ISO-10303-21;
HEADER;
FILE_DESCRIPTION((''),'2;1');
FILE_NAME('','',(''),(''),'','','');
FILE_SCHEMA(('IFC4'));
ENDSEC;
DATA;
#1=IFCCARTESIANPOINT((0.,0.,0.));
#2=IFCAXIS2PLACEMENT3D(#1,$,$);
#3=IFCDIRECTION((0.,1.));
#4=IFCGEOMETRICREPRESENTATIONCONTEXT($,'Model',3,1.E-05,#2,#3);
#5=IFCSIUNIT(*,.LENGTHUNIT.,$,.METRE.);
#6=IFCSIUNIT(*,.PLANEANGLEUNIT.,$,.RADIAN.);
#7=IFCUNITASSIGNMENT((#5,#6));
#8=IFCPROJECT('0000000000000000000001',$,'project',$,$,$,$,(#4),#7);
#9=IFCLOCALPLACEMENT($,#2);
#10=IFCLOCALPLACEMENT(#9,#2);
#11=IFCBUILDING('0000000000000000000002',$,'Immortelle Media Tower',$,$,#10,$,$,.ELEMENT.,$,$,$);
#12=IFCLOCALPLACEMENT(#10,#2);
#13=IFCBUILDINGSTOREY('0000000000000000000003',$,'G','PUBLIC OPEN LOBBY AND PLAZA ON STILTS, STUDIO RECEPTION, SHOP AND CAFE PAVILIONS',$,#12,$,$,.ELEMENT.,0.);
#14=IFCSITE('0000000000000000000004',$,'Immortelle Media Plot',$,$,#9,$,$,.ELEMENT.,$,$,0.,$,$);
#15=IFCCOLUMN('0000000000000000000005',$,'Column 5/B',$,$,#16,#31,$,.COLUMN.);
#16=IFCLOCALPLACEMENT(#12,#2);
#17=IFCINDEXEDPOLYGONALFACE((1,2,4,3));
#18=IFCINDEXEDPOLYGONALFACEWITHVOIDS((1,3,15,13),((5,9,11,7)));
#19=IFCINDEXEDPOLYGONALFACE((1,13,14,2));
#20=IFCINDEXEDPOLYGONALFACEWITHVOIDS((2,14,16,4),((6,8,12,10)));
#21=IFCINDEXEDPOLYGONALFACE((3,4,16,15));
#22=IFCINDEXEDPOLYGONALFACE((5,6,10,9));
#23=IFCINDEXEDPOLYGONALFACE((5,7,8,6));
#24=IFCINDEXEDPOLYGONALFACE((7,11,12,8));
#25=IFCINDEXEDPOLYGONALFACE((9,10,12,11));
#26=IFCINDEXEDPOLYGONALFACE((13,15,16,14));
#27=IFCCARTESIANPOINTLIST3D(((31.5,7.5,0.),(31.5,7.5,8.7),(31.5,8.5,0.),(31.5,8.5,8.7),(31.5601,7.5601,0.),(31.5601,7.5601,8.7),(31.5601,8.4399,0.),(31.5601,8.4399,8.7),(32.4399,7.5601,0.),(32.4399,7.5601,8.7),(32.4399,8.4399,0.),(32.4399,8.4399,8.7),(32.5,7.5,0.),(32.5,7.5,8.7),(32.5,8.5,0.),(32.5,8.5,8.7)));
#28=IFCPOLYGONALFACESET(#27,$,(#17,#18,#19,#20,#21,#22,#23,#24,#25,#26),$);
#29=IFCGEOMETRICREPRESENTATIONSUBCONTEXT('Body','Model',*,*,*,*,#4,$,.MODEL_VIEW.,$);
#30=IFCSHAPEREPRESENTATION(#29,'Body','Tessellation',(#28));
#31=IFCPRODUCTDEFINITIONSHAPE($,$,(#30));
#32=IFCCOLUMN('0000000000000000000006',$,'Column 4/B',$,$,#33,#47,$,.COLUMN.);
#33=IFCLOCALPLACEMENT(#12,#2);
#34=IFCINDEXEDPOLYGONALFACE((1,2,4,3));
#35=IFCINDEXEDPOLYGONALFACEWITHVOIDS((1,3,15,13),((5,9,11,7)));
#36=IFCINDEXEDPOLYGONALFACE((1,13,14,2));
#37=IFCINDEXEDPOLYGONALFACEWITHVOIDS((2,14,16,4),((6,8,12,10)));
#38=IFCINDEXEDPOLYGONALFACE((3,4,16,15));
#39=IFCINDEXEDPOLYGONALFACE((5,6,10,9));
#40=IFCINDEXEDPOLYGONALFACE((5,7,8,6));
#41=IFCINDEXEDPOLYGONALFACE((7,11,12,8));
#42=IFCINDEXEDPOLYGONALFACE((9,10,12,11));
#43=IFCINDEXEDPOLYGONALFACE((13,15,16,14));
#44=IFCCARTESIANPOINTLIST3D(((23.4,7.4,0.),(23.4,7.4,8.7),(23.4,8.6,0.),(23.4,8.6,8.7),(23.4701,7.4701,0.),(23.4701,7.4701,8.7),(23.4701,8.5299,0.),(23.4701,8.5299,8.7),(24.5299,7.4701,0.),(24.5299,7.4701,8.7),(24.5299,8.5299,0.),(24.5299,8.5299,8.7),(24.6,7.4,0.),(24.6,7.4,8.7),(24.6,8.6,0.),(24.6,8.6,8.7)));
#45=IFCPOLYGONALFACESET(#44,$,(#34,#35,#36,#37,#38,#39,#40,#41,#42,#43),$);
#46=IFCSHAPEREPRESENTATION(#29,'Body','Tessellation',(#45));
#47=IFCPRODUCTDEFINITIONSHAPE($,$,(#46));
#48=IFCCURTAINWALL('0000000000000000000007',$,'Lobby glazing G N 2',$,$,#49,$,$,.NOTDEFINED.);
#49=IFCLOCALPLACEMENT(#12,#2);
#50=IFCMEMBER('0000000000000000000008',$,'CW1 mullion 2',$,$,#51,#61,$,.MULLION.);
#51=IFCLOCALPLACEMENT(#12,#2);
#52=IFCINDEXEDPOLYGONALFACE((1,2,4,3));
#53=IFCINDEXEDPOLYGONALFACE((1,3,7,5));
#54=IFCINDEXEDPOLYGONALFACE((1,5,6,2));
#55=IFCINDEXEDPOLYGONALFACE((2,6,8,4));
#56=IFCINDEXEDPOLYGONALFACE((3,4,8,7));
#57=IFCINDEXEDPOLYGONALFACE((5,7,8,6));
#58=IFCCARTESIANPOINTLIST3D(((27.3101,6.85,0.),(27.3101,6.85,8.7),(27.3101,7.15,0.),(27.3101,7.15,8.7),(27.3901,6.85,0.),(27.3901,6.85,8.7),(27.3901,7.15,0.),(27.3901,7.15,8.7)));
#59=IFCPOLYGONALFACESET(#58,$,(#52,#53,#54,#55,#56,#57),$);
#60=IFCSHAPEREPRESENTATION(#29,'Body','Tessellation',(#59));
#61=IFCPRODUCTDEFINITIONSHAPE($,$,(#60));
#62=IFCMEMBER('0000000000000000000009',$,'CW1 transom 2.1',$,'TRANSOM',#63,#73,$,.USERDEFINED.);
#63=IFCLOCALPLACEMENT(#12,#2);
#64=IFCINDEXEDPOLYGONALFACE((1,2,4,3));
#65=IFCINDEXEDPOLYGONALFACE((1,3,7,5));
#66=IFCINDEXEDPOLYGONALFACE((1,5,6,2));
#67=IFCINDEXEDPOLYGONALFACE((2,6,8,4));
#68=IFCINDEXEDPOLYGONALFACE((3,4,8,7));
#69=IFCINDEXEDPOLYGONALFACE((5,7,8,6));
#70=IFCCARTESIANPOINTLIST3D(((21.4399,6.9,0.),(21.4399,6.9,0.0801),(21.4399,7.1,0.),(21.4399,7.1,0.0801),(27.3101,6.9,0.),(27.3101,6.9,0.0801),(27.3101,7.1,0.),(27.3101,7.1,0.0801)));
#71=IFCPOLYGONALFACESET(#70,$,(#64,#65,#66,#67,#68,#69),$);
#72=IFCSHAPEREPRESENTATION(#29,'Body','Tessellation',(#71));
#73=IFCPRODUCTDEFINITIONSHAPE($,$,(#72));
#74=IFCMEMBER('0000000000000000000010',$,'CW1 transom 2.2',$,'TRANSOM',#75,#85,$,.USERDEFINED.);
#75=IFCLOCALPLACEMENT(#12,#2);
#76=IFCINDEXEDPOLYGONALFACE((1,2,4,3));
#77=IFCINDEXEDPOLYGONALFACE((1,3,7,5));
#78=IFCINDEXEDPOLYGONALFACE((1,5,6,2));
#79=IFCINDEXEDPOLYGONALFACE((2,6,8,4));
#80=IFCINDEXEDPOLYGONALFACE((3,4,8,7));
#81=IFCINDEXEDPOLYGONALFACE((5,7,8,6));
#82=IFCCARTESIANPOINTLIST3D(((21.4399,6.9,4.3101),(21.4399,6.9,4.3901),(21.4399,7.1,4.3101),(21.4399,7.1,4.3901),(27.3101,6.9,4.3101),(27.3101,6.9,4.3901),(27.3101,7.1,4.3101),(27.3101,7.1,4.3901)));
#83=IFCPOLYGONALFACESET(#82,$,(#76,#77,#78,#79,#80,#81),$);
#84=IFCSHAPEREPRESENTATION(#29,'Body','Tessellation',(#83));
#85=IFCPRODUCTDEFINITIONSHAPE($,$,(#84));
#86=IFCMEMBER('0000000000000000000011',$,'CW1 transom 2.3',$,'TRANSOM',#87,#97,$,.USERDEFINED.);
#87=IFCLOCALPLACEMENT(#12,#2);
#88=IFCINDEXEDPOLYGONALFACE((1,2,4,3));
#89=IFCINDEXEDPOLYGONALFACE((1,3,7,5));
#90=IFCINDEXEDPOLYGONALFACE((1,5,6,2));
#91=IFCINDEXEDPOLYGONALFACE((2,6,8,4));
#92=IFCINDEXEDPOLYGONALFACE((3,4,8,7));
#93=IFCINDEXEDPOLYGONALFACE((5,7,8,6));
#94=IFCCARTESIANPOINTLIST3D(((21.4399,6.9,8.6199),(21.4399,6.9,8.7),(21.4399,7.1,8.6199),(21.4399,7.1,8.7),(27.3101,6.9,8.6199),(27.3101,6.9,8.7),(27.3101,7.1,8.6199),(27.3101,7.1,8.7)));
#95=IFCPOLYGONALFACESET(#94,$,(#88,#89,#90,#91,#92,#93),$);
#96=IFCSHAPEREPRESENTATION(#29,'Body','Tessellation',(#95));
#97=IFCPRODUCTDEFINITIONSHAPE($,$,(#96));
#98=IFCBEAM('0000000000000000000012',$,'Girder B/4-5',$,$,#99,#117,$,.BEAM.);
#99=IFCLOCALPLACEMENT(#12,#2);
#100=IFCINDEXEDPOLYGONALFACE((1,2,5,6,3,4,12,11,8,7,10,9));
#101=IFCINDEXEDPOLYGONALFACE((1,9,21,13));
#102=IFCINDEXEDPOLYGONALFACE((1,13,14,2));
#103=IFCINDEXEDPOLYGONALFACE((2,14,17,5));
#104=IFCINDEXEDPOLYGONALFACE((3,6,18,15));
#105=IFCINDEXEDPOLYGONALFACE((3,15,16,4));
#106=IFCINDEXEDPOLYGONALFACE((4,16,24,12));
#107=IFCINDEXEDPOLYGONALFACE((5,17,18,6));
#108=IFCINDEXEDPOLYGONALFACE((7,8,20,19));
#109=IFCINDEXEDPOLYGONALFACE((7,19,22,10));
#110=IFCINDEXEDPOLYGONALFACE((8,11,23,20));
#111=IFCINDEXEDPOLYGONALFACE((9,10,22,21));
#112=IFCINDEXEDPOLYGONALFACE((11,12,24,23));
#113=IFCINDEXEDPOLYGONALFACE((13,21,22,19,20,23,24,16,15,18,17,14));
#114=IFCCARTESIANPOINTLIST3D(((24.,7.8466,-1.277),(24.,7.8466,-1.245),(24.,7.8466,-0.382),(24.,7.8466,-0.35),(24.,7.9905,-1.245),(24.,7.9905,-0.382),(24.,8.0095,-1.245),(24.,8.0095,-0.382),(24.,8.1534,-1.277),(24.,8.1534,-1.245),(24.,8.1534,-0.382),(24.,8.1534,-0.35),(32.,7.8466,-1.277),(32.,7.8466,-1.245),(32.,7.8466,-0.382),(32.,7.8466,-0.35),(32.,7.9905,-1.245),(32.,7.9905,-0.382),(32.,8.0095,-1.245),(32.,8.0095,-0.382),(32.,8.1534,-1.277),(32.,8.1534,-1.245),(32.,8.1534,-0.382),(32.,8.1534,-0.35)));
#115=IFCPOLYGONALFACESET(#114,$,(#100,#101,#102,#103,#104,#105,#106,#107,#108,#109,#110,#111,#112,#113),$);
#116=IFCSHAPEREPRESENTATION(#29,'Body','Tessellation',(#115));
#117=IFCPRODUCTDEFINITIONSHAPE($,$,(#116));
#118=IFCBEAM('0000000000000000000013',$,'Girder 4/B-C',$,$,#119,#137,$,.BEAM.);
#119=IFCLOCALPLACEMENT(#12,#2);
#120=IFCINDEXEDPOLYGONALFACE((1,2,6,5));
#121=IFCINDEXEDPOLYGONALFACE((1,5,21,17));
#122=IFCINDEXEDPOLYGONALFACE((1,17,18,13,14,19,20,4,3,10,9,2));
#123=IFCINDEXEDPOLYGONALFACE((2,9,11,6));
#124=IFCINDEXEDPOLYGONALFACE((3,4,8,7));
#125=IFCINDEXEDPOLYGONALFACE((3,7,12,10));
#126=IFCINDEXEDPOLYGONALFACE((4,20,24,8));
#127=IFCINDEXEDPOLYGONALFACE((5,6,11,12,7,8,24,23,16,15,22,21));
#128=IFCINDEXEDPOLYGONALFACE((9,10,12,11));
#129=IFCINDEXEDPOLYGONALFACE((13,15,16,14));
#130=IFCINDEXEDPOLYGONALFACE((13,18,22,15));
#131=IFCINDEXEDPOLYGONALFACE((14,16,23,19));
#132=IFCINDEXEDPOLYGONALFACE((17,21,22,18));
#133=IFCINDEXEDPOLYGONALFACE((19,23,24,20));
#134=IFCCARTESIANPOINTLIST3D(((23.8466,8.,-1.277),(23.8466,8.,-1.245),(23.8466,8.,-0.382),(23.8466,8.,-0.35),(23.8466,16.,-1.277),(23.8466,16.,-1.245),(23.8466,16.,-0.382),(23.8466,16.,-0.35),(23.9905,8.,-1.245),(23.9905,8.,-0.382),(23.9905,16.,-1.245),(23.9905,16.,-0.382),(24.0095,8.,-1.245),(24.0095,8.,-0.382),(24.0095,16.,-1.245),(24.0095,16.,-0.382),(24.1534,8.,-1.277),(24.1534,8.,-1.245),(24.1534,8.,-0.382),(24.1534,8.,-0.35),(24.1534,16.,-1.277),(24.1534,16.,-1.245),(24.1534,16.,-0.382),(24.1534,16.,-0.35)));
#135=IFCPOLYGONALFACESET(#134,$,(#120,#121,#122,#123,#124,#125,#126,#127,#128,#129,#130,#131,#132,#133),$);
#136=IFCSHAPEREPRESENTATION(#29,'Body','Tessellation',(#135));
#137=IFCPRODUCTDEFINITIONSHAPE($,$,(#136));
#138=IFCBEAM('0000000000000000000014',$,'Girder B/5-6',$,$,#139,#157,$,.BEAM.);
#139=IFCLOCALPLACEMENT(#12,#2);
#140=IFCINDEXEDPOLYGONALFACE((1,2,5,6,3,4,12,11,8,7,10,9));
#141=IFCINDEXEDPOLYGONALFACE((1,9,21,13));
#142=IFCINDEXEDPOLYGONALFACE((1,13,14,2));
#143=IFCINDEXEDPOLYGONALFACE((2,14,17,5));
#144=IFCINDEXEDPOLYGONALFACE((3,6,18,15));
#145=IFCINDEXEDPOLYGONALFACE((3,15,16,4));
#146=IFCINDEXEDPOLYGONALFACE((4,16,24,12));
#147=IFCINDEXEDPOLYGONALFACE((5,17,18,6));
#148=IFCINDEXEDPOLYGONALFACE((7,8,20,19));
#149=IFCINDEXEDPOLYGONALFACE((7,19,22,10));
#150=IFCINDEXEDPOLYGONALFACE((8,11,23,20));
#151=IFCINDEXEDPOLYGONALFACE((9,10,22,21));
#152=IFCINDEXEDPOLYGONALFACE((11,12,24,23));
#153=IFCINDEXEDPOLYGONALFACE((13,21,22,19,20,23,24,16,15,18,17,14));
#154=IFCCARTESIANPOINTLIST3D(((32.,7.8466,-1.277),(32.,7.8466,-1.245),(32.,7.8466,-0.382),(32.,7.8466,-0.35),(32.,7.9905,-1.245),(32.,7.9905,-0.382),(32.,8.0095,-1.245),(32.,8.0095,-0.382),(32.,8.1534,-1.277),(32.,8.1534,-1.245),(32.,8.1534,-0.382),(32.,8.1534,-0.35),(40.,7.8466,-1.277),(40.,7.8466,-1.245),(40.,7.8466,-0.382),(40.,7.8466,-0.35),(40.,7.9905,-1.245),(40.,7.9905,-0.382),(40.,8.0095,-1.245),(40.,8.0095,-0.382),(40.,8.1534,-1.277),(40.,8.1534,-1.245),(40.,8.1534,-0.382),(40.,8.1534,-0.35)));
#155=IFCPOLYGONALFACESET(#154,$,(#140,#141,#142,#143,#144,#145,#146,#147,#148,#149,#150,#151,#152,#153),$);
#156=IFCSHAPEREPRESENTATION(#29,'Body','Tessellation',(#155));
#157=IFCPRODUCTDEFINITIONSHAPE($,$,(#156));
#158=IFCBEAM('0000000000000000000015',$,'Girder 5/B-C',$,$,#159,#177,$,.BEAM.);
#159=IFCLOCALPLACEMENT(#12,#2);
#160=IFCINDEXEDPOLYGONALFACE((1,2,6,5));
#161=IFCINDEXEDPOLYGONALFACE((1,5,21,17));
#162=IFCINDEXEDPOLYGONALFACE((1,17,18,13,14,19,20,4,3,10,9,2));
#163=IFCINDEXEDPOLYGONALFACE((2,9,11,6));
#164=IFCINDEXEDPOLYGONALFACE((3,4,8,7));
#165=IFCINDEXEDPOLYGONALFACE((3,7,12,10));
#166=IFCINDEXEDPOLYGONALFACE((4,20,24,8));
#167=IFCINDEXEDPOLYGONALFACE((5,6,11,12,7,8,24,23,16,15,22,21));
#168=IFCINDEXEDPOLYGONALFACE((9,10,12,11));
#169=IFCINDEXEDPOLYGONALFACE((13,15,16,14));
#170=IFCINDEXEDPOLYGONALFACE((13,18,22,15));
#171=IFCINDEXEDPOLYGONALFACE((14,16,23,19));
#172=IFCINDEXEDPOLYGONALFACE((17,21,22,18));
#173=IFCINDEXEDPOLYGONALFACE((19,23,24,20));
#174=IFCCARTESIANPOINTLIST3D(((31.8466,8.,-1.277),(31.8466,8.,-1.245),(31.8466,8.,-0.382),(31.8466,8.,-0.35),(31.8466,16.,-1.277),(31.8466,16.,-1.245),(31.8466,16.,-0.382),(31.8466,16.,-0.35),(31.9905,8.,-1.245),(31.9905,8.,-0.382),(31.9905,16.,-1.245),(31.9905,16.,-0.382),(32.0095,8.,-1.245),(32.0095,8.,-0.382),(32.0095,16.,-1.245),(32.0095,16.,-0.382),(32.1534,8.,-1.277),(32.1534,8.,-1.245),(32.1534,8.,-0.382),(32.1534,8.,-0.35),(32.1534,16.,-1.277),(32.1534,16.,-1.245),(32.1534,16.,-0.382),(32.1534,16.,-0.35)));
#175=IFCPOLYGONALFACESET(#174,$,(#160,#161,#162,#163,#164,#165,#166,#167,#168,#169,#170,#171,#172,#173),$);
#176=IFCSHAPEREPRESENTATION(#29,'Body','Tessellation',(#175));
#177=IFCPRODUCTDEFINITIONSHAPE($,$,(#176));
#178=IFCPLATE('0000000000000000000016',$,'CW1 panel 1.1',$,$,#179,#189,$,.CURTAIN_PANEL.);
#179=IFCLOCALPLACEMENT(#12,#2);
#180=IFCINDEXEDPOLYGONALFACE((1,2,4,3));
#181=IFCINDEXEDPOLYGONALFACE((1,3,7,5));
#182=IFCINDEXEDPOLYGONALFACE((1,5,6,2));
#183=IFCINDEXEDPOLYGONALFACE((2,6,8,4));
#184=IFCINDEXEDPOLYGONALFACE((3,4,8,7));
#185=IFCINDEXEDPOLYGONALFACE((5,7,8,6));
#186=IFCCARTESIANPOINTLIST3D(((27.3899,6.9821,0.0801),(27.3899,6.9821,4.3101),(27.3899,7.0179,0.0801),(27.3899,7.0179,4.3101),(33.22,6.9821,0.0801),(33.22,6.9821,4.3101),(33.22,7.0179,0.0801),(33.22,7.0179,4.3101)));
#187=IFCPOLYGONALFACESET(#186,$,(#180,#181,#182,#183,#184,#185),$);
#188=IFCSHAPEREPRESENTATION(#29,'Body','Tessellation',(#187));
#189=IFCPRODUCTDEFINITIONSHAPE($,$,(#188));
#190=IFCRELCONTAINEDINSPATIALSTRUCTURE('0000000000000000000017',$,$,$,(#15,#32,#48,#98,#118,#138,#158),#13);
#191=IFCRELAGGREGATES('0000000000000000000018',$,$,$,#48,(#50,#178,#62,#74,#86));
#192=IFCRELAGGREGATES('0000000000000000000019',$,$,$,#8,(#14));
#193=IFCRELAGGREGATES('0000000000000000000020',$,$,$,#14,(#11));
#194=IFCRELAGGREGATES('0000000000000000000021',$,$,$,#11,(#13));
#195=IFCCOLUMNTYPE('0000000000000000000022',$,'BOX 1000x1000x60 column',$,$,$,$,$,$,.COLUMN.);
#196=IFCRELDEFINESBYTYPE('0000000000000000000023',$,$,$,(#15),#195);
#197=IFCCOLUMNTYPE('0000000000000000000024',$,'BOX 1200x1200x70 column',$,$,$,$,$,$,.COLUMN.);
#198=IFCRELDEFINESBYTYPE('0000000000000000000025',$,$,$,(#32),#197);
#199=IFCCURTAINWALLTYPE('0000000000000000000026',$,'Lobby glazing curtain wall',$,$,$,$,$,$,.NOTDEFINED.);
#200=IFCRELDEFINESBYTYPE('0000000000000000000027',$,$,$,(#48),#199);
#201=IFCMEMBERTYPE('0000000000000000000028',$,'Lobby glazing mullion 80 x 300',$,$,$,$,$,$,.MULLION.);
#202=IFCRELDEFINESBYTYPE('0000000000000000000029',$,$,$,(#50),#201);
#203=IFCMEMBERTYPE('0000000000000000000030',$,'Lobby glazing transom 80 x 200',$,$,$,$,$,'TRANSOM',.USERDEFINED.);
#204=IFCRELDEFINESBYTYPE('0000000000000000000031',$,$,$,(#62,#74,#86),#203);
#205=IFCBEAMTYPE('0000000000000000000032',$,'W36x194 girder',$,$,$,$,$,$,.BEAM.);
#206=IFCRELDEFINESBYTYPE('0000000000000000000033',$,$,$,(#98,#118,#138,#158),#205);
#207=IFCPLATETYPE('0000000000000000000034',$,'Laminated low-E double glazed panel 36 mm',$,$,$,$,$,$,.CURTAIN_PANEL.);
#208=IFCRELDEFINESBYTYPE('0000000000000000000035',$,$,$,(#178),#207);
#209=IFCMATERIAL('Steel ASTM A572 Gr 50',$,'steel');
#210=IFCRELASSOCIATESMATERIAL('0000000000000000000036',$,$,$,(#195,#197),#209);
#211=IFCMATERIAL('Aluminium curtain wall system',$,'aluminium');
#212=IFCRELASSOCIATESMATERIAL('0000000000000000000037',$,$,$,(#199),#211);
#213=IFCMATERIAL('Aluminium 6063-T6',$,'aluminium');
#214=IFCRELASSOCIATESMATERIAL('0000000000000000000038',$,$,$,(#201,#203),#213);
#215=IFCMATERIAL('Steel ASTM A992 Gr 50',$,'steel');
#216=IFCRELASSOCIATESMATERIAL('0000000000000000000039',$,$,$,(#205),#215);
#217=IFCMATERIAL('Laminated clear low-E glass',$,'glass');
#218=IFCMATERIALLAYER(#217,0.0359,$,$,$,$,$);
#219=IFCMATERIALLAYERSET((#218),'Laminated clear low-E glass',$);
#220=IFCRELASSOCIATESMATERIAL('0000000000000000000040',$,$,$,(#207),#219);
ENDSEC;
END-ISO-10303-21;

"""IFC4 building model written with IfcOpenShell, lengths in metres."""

from ifc_helpers import new_model, si_unit, direction, frame, origin, origin_2d, place, context, subcontext, project, spatial, rectangle, hollow_rectangle, i_section, extrude, material, layer, layer_set, material_profile, profile_set, type_object, element, aggregate, save


model = new_model("IFC4")

# Units and contexts
model_context = context("Model", 3, precision=1e-05, world=origin(), true_north=direction((0.0, 1.0)))
body_context = subcontext(model_context, "Body", "Model", "MODEL_VIEW")
ifc_project = project(units=[si_unit("LENGTHUNIT", "METRE"), si_unit("PLANEANGLEUNIT", "RADIAN")], contexts=[model_context])

# Site, building, storey
site_placement = place(None, origin())
site = spatial("IfcSite", under=ifc_project, at=site_placement, Name="Immortelle Media Plot", CompositionType="ELEMENT", RefElevation=0.0)
building_placement = place(site_placement, origin())
building = spatial("IfcBuilding", under=site, at=building_placement, Name="Immortelle Media Tower", CompositionType="ELEMENT")
storey_placement = place(building_placement, origin())
storey = spatial("IfcBuildingStorey", under=building, at=storey_placement, Name="G", Description="PUBLIC OPEN LOBBY AND PLAZA ON STILTS, STUDIO RECEPTION, SHOP AND CAFE PAVILIONS", CompositionType="ELEMENT", Elevation=0.0)

# Columns
ifc_material_1 = material(Name="Steel ASTM A572 Gr 50", Category="steel")
ifc_material_profile_1 = material_profile(ifc_material_1, hollow_rectangle(XDim=1.0, YDim=1.0, WallThickness=0.0601, at=origin_2d()), Name="BOX 1000x1000x60 column")
ifc_profile_set_1 = profile_set([ifc_material_profile_1], Name="Steel ASTM A572 Gr 50")
column_type_1 = type_object("IfcColumnType", Name="BOX 1000x1000x60 column", PredefinedType="COLUMN", material=ifc_profile_set_1)
column_1_placement = place(storey_placement, frame((32.0, 8.0, 0.0), z_axis=(0.0, 0.0, 1.0), x_axis=(1.0, 0.0, 0.0)))
element("IfcColumn", 1, at=column_1_placement, inside=storey, type_object=column_type_1, Name="Column 5/B", PredefinedType="COLUMN", context=body_context, shape_type="SweptSolid", body=[
    extrude(hollow_rectangle(XDim=1.0, YDim=1.0, WallThickness=0.0601, at=origin_2d()), origin(), (0.0, 0.0, 1.0), 8.7),
])
ifc_material_profile_2 = material_profile(ifc_material_1, hollow_rectangle(XDim=1.2, YDim=1.2, WallThickness=0.0701, at=origin_2d()), Name="BOX 1200x1200x70 column")
ifc_profile_set_2 = profile_set([ifc_material_profile_2], Name="Steel ASTM A572 Gr 50")
column_type_2 = type_object("IfcColumnType", Name="BOX 1200x1200x70 column", PredefinedType="COLUMN", material=ifc_profile_set_2)
column_2_placement = place(storey_placement, frame((24.0, 8.0, 0.0), z_axis=(0.0, 0.0, 1.0), x_axis=(1.0, 0.0, 0.0)))
element("IfcColumn", 2, at=column_2_placement, inside=storey, type_object=column_type_2, Name="Column 4/B", PredefinedType="COLUMN", context=body_context, shape_type="SweptSolid", body=[
    extrude(hollow_rectangle(XDim=1.2, YDim=1.2, WallThickness=0.0701, at=origin_2d()), origin(), (0.0, 0.0, 1.0), 8.7),
])

# Curtain wall, members
ifc_material_2 = material(Name="Aluminium curtain wall system", Category="aluminium")
curtain_wall_type = type_object("IfcCurtainWallType", Name="Lobby glazing curtain wall", PredefinedType="NOTDEFINED", material=ifc_material_2)
curtain_wall_placement = place(storey_placement, origin())
curtain_wall = element("IfcCurtainWall", 3, at=curtain_wall_placement, inside=storey, type_object=curtain_wall_type, Name="Lobby glazing G N 2", PredefinedType="NOTDEFINED")
ifc_material_3 = material(Name="Aluminium 6063-T6", Category="aluminium")
ifc_material_profile_3 = material_profile(ifc_material_3, rectangle(XDim=0.3, YDim=0.0801, at=origin_2d()), Name="AL 80x300")
ifc_profile_set_3 = profile_set([ifc_material_profile_3], Name="Aluminium 6063-T6")
member_type_1 = type_object("IfcMemberType", Name="Lobby glazing mullion 80 x 300", PredefinedType="MULLION", material=ifc_profile_set_3)
member_1_placement = place(storey_placement, frame((27.3501, 7.0, 0.0), z_axis=(0.0, 0.0, 1.0), x_axis=(0.0, -1.0, 0.0)))
member_1 = element("IfcMember", 4, at=member_1_placement, type_object=member_type_1, Name="CW1 mullion 2", PredefinedType="MULLION", context=body_context, shape_type="SweptSolid", body=[
    extrude(rectangle(XDim=0.3, YDim=0.0801, at=origin_2d()), origin(), (0.0, 0.0, 1.0), 8.7),
])
ifc_material_profile_4 = material_profile(ifc_material_3, rectangle(XDim=0.2, YDim=0.0801, at=origin_2d()), Name="AL 80x200")
ifc_profile_set_4 = profile_set([ifc_material_profile_4], Name="Aluminium 6063-T6")
member_type_2 = type_object("IfcMemberType", Name="Lobby glazing transom 80 x 200", ElementType="TRANSOM", PredefinedType="USERDEFINED", material=ifc_profile_set_4)
member_2_placement = place(storey_placement, frame((27.3101, 7.0, 0.04), z_axis=(-1.0, 0.0, 0.0), x_axis=(0.0, -1.0, 0.0)))
member_2 = element("IfcMember", 5, at=member_2_placement, type_object=member_type_2, Name="CW1 transom 2.1", ObjectType="TRANSOM", PredefinedType="USERDEFINED", context=body_context, shape_type="SweptSolid", body=[
    extrude(rectangle(XDim=0.2, YDim=0.0801, at=origin_2d()), origin(), (0.0, 0.0, 1.0), 5.8701),
])
member_3_placement = place(storey_placement, frame((27.3101, 7.0, 4.3501), z_axis=(-1.0, 0.0, 0.0), x_axis=(0.0, -1.0, 0.0)))
member_3 = element("IfcMember", 6, at=member_3_placement, type_object=member_type_2, Name="CW1 transom 2.2", ObjectType="TRANSOM", PredefinedType="USERDEFINED", context=body_context, shape_type="SweptSolid", body=[
    extrude(rectangle(XDim=0.2, YDim=0.0801, at=origin_2d()), origin(), (0.0, 0.0, 1.0), 5.8701),
])
member_4_placement = place(storey_placement, frame((27.3101, 7.0, 8.6599), z_axis=(-1.0, 0.0, 0.0), x_axis=(0.0, -1.0, 0.0)))
member_4 = element("IfcMember", 7, at=member_4_placement, type_object=member_type_2, Name="CW1 transom 2.3", ObjectType="TRANSOM", PredefinedType="USERDEFINED", context=body_context, shape_type="SweptSolid", body=[
    extrude(rectangle(XDim=0.2, YDim=0.0801, at=origin_2d()), origin(), (0.0, 0.0, 1.0), 5.8701),
])

# Beams
ifc_material_4 = material(Name="Steel ASTM A992 Gr 50", Category="steel")
ifc_material_profile_5 = material_profile(ifc_material_4, i_section(OverallWidth=0.3069, OverallDepth=0.927, WebThickness=0.019, FlangeThickness=0.032, at=origin_2d()), Name="W36x194")
ifc_profile_set_5 = profile_set([ifc_material_profile_5], Name="Steel ASTM A992 Gr 50")
beam_type = type_object("IfcBeamType", Name="W36x194 girder", PredefinedType="BEAM", material=ifc_profile_set_5)
for number, where, z_axis, x_axis, name in (
    (8, (24.0, 8.0, -0.8135), (1.0, 0.0, 0.0), (0.0, 1.0, 0.0), "Girder B/4-5"),
    (9, (24.0, 8.0, -0.8135), (0.0, 1.0, 0.0), (-1.0, 0.0, 0.0), "Girder 4/B-C"),
    (10, (32.0, 8.0, -0.8135), (1.0, 0.0, 0.0), (0.0, 1.0, 0.0), "Girder B/5-6"),
    (11, (32.0, 8.0, -0.8135), (0.0, 1.0, 0.0), (-1.0, 0.0, 0.0), "Girder 5/B-C"),
):
    element("IfcBeam", number, at=place(storey_placement, frame(where, z_axis=z_axis, x_axis=x_axis)), inside=storey, type_object=beam_type, Name=name, PredefinedType="BEAM", context=body_context, shape_type="SweptSolid", body=[
        extrude(i_section(OverallWidth=0.3069, OverallDepth=0.927, WebThickness=0.019, FlangeThickness=0.032, at=origin_2d()), origin(), (0.0, 0.0, 1.0), 8.0),
    ])

# Plate
ifc_material_5 = material(Name="Laminated clear low-E glass", Category="glass")
ifc_layer_1 = layer(ifc_material_5, 0.0359)
ifc_layer_set_1 = layer_set([ifc_layer_1], Name="Laminated clear low-E glass")
plate_type = type_object("IfcPlateType", Name="Laminated low-E double glazed panel 36 mm", PredefinedType="CURTAIN_PANEL", material=ifc_layer_set_1)
plate_1_placement = place(storey_placement, frame((30.3049, 7.0, 0.0801), z_axis=(0.0, 0.0, 1.0), x_axis=(-1.0, 0.0, 0.0)))
plate_1 = element("IfcPlate", 12, at=plate_1_placement, type_object=plate_type, Name="CW1 panel 1.1", PredefinedType="CURTAIN_PANEL", context=body_context, shape_type="SweptSolid", body=[
    extrude(rectangle(XDim=5.8301, YDim=0.0359, at=origin_2d()), origin(), (0.0, 0.0, 1.0), 4.23),
])
aggregate(curtain_wall, [member_1, plate_1, member_2, member_3, member_4])

save(model, "model.ifc")
